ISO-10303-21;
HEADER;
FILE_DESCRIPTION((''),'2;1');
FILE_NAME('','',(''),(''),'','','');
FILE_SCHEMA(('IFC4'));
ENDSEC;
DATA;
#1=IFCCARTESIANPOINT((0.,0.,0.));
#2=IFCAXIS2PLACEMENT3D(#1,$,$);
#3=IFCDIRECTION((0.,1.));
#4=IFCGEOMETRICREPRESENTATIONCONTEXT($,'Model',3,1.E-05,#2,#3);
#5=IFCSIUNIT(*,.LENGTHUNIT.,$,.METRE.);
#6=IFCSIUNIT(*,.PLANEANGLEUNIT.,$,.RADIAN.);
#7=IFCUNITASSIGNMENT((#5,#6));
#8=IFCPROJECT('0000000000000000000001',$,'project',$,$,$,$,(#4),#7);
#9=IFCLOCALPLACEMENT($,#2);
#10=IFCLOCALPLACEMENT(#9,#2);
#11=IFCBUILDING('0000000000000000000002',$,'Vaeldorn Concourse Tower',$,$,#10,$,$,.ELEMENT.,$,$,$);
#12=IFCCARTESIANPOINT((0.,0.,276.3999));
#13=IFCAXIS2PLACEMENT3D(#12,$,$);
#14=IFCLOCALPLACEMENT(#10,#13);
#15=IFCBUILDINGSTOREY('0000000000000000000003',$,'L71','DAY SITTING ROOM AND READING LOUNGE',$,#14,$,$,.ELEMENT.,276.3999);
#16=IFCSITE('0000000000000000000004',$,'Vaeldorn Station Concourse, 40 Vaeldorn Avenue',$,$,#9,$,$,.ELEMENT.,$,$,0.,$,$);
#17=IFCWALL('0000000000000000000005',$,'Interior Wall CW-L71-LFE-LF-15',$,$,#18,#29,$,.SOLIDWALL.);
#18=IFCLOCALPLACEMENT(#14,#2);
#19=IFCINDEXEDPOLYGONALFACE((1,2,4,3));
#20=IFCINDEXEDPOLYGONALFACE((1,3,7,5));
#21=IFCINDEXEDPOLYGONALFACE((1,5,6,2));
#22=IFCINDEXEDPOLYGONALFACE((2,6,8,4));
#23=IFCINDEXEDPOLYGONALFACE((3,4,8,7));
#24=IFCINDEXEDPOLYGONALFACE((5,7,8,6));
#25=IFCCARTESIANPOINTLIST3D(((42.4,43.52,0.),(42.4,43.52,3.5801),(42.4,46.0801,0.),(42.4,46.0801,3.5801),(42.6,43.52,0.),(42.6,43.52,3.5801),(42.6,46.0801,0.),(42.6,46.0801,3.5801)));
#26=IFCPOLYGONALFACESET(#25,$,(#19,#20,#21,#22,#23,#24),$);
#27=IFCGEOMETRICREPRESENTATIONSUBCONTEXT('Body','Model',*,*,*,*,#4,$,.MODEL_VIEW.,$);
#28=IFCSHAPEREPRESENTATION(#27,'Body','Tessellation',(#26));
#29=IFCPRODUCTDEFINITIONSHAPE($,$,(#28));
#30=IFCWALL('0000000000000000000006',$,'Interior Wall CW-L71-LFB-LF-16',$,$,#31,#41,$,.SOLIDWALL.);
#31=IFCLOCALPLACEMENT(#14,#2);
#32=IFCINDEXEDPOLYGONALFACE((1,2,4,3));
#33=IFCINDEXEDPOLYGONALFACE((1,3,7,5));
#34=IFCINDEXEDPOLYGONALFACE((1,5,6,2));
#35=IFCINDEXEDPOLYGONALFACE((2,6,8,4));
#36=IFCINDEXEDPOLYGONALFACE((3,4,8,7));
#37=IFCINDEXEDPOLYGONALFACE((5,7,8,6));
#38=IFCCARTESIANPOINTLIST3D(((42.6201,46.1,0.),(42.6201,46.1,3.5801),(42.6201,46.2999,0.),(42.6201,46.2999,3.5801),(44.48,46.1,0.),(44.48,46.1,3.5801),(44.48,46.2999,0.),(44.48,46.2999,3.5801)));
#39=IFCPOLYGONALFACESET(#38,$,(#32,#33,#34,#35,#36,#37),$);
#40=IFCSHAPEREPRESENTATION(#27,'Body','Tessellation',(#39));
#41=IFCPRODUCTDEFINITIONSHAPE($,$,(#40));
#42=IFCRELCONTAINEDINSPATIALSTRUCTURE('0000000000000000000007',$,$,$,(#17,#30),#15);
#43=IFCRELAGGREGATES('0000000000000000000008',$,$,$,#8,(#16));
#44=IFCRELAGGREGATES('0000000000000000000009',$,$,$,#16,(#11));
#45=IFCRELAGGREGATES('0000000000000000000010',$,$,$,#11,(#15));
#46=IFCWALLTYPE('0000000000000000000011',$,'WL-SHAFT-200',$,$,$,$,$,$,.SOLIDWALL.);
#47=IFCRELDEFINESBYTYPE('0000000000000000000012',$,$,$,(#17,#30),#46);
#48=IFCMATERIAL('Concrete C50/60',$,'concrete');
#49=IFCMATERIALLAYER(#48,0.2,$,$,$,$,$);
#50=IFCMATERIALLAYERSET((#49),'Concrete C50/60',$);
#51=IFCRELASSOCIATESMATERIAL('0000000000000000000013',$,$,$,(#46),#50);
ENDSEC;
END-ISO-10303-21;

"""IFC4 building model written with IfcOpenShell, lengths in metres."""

from ifc_helpers import new_model, si_unit, direction, frame, frame_2d, origin, place, context, subcontext, project, spatial, rectangle, extrude, material, layer, layer_set, type_object, element, save


model = new_model("IFC4")

# Units and contexts
model_context = context("Model", 3, precision=1e-05, world=origin(), true_north=direction((0.0, 1.0)))
body_context = subcontext(model_context, "Body", "Model", "MODEL_VIEW")
ifc_project = project(units=[si_unit("LENGTHUNIT", "METRE"), si_unit("PLANEANGLEUNIT", "RADIAN")], contexts=[model_context])

# Site, building, storey
site_placement = place(None, origin())
site = spatial("IfcSite", under=ifc_project, at=site_placement, Name="Vaeldorn Station Concourse, 40 Vaeldorn Avenue", CompositionType="ELEMENT", RefElevation=0.0)
building_placement = place(site_placement, origin())
building = spatial("IfcBuilding", under=site, at=building_placement, Name="Vaeldorn Concourse Tower", CompositionType="ELEMENT")
storey_placement = place(building_placement, frame((0.0, 0.0, 276.3999)))
storey = spatial("IfcBuildingStorey", under=building, at=storey_placement, Name="L71", Description="DAY SITTING ROOM AND READING LOUNGE", CompositionType="ELEMENT", Elevation=276.3999)

# Shared definitions
ifc_material_1 = material(Name="Concrete C50/60", Category="concrete")

# Shared definitions
ifc_layer_1 = layer(ifc_material_1, 0.2)
ifc_layer_set_1 = layer_set([ifc_layer_1], Name="Concrete C50/60")
wall_type_1 = type_object("IfcWallType", Name="WL-SHAFT-200", PredefinedType="SOLIDWALL", material=ifc_layer_set_1)

# Wall
for number, where, z_axis, x_axis, name in (
    (1, (42.5, 43.52, 0.0), (0.0, 0.0, 1.0), (0.0, 1.0, 0.0), "Interior Wall CW-L71-LFE-LF-15"),
):
    element("IfcWall", number, at=place(storey_placement, frame(where, z_axis=z_axis, x_axis=x_axis)), inside=storey, type_object=wall_type_1, Name=name, PredefinedType="SOLIDWALL", context=body_context, shape_type="SweptSolid", body=[
        extrude(rectangle(XDim=2.5601, YDim=0.2, at=frame_2d((1.28, 0.0))), origin(), (0.0, 0.0, 1.0), 3.5801),
    ])

# Wall
wall_1_placement = place(storey_placement, frame((42.6201, 46.2, 0.0), z_axis=(0.0, 0.0, 1.0), x_axis=(1.0, 0.0, 0.0)))
element("IfcWall", 2, at=wall_1_placement, inside=storey, type_object=wall_type_1, Name="Interior Wall CW-L71-LFB-LF-16", PredefinedType="SOLIDWALL", context=body_context, shape_type="SweptSolid", body=[
    extrude(rectangle(XDim=1.8599, YDim=0.2, at=frame_2d((0.9299, 0.0))), origin(), (0.0, 0.0, 1.0), 3.5801),
])

save(model, "model.ifc")
